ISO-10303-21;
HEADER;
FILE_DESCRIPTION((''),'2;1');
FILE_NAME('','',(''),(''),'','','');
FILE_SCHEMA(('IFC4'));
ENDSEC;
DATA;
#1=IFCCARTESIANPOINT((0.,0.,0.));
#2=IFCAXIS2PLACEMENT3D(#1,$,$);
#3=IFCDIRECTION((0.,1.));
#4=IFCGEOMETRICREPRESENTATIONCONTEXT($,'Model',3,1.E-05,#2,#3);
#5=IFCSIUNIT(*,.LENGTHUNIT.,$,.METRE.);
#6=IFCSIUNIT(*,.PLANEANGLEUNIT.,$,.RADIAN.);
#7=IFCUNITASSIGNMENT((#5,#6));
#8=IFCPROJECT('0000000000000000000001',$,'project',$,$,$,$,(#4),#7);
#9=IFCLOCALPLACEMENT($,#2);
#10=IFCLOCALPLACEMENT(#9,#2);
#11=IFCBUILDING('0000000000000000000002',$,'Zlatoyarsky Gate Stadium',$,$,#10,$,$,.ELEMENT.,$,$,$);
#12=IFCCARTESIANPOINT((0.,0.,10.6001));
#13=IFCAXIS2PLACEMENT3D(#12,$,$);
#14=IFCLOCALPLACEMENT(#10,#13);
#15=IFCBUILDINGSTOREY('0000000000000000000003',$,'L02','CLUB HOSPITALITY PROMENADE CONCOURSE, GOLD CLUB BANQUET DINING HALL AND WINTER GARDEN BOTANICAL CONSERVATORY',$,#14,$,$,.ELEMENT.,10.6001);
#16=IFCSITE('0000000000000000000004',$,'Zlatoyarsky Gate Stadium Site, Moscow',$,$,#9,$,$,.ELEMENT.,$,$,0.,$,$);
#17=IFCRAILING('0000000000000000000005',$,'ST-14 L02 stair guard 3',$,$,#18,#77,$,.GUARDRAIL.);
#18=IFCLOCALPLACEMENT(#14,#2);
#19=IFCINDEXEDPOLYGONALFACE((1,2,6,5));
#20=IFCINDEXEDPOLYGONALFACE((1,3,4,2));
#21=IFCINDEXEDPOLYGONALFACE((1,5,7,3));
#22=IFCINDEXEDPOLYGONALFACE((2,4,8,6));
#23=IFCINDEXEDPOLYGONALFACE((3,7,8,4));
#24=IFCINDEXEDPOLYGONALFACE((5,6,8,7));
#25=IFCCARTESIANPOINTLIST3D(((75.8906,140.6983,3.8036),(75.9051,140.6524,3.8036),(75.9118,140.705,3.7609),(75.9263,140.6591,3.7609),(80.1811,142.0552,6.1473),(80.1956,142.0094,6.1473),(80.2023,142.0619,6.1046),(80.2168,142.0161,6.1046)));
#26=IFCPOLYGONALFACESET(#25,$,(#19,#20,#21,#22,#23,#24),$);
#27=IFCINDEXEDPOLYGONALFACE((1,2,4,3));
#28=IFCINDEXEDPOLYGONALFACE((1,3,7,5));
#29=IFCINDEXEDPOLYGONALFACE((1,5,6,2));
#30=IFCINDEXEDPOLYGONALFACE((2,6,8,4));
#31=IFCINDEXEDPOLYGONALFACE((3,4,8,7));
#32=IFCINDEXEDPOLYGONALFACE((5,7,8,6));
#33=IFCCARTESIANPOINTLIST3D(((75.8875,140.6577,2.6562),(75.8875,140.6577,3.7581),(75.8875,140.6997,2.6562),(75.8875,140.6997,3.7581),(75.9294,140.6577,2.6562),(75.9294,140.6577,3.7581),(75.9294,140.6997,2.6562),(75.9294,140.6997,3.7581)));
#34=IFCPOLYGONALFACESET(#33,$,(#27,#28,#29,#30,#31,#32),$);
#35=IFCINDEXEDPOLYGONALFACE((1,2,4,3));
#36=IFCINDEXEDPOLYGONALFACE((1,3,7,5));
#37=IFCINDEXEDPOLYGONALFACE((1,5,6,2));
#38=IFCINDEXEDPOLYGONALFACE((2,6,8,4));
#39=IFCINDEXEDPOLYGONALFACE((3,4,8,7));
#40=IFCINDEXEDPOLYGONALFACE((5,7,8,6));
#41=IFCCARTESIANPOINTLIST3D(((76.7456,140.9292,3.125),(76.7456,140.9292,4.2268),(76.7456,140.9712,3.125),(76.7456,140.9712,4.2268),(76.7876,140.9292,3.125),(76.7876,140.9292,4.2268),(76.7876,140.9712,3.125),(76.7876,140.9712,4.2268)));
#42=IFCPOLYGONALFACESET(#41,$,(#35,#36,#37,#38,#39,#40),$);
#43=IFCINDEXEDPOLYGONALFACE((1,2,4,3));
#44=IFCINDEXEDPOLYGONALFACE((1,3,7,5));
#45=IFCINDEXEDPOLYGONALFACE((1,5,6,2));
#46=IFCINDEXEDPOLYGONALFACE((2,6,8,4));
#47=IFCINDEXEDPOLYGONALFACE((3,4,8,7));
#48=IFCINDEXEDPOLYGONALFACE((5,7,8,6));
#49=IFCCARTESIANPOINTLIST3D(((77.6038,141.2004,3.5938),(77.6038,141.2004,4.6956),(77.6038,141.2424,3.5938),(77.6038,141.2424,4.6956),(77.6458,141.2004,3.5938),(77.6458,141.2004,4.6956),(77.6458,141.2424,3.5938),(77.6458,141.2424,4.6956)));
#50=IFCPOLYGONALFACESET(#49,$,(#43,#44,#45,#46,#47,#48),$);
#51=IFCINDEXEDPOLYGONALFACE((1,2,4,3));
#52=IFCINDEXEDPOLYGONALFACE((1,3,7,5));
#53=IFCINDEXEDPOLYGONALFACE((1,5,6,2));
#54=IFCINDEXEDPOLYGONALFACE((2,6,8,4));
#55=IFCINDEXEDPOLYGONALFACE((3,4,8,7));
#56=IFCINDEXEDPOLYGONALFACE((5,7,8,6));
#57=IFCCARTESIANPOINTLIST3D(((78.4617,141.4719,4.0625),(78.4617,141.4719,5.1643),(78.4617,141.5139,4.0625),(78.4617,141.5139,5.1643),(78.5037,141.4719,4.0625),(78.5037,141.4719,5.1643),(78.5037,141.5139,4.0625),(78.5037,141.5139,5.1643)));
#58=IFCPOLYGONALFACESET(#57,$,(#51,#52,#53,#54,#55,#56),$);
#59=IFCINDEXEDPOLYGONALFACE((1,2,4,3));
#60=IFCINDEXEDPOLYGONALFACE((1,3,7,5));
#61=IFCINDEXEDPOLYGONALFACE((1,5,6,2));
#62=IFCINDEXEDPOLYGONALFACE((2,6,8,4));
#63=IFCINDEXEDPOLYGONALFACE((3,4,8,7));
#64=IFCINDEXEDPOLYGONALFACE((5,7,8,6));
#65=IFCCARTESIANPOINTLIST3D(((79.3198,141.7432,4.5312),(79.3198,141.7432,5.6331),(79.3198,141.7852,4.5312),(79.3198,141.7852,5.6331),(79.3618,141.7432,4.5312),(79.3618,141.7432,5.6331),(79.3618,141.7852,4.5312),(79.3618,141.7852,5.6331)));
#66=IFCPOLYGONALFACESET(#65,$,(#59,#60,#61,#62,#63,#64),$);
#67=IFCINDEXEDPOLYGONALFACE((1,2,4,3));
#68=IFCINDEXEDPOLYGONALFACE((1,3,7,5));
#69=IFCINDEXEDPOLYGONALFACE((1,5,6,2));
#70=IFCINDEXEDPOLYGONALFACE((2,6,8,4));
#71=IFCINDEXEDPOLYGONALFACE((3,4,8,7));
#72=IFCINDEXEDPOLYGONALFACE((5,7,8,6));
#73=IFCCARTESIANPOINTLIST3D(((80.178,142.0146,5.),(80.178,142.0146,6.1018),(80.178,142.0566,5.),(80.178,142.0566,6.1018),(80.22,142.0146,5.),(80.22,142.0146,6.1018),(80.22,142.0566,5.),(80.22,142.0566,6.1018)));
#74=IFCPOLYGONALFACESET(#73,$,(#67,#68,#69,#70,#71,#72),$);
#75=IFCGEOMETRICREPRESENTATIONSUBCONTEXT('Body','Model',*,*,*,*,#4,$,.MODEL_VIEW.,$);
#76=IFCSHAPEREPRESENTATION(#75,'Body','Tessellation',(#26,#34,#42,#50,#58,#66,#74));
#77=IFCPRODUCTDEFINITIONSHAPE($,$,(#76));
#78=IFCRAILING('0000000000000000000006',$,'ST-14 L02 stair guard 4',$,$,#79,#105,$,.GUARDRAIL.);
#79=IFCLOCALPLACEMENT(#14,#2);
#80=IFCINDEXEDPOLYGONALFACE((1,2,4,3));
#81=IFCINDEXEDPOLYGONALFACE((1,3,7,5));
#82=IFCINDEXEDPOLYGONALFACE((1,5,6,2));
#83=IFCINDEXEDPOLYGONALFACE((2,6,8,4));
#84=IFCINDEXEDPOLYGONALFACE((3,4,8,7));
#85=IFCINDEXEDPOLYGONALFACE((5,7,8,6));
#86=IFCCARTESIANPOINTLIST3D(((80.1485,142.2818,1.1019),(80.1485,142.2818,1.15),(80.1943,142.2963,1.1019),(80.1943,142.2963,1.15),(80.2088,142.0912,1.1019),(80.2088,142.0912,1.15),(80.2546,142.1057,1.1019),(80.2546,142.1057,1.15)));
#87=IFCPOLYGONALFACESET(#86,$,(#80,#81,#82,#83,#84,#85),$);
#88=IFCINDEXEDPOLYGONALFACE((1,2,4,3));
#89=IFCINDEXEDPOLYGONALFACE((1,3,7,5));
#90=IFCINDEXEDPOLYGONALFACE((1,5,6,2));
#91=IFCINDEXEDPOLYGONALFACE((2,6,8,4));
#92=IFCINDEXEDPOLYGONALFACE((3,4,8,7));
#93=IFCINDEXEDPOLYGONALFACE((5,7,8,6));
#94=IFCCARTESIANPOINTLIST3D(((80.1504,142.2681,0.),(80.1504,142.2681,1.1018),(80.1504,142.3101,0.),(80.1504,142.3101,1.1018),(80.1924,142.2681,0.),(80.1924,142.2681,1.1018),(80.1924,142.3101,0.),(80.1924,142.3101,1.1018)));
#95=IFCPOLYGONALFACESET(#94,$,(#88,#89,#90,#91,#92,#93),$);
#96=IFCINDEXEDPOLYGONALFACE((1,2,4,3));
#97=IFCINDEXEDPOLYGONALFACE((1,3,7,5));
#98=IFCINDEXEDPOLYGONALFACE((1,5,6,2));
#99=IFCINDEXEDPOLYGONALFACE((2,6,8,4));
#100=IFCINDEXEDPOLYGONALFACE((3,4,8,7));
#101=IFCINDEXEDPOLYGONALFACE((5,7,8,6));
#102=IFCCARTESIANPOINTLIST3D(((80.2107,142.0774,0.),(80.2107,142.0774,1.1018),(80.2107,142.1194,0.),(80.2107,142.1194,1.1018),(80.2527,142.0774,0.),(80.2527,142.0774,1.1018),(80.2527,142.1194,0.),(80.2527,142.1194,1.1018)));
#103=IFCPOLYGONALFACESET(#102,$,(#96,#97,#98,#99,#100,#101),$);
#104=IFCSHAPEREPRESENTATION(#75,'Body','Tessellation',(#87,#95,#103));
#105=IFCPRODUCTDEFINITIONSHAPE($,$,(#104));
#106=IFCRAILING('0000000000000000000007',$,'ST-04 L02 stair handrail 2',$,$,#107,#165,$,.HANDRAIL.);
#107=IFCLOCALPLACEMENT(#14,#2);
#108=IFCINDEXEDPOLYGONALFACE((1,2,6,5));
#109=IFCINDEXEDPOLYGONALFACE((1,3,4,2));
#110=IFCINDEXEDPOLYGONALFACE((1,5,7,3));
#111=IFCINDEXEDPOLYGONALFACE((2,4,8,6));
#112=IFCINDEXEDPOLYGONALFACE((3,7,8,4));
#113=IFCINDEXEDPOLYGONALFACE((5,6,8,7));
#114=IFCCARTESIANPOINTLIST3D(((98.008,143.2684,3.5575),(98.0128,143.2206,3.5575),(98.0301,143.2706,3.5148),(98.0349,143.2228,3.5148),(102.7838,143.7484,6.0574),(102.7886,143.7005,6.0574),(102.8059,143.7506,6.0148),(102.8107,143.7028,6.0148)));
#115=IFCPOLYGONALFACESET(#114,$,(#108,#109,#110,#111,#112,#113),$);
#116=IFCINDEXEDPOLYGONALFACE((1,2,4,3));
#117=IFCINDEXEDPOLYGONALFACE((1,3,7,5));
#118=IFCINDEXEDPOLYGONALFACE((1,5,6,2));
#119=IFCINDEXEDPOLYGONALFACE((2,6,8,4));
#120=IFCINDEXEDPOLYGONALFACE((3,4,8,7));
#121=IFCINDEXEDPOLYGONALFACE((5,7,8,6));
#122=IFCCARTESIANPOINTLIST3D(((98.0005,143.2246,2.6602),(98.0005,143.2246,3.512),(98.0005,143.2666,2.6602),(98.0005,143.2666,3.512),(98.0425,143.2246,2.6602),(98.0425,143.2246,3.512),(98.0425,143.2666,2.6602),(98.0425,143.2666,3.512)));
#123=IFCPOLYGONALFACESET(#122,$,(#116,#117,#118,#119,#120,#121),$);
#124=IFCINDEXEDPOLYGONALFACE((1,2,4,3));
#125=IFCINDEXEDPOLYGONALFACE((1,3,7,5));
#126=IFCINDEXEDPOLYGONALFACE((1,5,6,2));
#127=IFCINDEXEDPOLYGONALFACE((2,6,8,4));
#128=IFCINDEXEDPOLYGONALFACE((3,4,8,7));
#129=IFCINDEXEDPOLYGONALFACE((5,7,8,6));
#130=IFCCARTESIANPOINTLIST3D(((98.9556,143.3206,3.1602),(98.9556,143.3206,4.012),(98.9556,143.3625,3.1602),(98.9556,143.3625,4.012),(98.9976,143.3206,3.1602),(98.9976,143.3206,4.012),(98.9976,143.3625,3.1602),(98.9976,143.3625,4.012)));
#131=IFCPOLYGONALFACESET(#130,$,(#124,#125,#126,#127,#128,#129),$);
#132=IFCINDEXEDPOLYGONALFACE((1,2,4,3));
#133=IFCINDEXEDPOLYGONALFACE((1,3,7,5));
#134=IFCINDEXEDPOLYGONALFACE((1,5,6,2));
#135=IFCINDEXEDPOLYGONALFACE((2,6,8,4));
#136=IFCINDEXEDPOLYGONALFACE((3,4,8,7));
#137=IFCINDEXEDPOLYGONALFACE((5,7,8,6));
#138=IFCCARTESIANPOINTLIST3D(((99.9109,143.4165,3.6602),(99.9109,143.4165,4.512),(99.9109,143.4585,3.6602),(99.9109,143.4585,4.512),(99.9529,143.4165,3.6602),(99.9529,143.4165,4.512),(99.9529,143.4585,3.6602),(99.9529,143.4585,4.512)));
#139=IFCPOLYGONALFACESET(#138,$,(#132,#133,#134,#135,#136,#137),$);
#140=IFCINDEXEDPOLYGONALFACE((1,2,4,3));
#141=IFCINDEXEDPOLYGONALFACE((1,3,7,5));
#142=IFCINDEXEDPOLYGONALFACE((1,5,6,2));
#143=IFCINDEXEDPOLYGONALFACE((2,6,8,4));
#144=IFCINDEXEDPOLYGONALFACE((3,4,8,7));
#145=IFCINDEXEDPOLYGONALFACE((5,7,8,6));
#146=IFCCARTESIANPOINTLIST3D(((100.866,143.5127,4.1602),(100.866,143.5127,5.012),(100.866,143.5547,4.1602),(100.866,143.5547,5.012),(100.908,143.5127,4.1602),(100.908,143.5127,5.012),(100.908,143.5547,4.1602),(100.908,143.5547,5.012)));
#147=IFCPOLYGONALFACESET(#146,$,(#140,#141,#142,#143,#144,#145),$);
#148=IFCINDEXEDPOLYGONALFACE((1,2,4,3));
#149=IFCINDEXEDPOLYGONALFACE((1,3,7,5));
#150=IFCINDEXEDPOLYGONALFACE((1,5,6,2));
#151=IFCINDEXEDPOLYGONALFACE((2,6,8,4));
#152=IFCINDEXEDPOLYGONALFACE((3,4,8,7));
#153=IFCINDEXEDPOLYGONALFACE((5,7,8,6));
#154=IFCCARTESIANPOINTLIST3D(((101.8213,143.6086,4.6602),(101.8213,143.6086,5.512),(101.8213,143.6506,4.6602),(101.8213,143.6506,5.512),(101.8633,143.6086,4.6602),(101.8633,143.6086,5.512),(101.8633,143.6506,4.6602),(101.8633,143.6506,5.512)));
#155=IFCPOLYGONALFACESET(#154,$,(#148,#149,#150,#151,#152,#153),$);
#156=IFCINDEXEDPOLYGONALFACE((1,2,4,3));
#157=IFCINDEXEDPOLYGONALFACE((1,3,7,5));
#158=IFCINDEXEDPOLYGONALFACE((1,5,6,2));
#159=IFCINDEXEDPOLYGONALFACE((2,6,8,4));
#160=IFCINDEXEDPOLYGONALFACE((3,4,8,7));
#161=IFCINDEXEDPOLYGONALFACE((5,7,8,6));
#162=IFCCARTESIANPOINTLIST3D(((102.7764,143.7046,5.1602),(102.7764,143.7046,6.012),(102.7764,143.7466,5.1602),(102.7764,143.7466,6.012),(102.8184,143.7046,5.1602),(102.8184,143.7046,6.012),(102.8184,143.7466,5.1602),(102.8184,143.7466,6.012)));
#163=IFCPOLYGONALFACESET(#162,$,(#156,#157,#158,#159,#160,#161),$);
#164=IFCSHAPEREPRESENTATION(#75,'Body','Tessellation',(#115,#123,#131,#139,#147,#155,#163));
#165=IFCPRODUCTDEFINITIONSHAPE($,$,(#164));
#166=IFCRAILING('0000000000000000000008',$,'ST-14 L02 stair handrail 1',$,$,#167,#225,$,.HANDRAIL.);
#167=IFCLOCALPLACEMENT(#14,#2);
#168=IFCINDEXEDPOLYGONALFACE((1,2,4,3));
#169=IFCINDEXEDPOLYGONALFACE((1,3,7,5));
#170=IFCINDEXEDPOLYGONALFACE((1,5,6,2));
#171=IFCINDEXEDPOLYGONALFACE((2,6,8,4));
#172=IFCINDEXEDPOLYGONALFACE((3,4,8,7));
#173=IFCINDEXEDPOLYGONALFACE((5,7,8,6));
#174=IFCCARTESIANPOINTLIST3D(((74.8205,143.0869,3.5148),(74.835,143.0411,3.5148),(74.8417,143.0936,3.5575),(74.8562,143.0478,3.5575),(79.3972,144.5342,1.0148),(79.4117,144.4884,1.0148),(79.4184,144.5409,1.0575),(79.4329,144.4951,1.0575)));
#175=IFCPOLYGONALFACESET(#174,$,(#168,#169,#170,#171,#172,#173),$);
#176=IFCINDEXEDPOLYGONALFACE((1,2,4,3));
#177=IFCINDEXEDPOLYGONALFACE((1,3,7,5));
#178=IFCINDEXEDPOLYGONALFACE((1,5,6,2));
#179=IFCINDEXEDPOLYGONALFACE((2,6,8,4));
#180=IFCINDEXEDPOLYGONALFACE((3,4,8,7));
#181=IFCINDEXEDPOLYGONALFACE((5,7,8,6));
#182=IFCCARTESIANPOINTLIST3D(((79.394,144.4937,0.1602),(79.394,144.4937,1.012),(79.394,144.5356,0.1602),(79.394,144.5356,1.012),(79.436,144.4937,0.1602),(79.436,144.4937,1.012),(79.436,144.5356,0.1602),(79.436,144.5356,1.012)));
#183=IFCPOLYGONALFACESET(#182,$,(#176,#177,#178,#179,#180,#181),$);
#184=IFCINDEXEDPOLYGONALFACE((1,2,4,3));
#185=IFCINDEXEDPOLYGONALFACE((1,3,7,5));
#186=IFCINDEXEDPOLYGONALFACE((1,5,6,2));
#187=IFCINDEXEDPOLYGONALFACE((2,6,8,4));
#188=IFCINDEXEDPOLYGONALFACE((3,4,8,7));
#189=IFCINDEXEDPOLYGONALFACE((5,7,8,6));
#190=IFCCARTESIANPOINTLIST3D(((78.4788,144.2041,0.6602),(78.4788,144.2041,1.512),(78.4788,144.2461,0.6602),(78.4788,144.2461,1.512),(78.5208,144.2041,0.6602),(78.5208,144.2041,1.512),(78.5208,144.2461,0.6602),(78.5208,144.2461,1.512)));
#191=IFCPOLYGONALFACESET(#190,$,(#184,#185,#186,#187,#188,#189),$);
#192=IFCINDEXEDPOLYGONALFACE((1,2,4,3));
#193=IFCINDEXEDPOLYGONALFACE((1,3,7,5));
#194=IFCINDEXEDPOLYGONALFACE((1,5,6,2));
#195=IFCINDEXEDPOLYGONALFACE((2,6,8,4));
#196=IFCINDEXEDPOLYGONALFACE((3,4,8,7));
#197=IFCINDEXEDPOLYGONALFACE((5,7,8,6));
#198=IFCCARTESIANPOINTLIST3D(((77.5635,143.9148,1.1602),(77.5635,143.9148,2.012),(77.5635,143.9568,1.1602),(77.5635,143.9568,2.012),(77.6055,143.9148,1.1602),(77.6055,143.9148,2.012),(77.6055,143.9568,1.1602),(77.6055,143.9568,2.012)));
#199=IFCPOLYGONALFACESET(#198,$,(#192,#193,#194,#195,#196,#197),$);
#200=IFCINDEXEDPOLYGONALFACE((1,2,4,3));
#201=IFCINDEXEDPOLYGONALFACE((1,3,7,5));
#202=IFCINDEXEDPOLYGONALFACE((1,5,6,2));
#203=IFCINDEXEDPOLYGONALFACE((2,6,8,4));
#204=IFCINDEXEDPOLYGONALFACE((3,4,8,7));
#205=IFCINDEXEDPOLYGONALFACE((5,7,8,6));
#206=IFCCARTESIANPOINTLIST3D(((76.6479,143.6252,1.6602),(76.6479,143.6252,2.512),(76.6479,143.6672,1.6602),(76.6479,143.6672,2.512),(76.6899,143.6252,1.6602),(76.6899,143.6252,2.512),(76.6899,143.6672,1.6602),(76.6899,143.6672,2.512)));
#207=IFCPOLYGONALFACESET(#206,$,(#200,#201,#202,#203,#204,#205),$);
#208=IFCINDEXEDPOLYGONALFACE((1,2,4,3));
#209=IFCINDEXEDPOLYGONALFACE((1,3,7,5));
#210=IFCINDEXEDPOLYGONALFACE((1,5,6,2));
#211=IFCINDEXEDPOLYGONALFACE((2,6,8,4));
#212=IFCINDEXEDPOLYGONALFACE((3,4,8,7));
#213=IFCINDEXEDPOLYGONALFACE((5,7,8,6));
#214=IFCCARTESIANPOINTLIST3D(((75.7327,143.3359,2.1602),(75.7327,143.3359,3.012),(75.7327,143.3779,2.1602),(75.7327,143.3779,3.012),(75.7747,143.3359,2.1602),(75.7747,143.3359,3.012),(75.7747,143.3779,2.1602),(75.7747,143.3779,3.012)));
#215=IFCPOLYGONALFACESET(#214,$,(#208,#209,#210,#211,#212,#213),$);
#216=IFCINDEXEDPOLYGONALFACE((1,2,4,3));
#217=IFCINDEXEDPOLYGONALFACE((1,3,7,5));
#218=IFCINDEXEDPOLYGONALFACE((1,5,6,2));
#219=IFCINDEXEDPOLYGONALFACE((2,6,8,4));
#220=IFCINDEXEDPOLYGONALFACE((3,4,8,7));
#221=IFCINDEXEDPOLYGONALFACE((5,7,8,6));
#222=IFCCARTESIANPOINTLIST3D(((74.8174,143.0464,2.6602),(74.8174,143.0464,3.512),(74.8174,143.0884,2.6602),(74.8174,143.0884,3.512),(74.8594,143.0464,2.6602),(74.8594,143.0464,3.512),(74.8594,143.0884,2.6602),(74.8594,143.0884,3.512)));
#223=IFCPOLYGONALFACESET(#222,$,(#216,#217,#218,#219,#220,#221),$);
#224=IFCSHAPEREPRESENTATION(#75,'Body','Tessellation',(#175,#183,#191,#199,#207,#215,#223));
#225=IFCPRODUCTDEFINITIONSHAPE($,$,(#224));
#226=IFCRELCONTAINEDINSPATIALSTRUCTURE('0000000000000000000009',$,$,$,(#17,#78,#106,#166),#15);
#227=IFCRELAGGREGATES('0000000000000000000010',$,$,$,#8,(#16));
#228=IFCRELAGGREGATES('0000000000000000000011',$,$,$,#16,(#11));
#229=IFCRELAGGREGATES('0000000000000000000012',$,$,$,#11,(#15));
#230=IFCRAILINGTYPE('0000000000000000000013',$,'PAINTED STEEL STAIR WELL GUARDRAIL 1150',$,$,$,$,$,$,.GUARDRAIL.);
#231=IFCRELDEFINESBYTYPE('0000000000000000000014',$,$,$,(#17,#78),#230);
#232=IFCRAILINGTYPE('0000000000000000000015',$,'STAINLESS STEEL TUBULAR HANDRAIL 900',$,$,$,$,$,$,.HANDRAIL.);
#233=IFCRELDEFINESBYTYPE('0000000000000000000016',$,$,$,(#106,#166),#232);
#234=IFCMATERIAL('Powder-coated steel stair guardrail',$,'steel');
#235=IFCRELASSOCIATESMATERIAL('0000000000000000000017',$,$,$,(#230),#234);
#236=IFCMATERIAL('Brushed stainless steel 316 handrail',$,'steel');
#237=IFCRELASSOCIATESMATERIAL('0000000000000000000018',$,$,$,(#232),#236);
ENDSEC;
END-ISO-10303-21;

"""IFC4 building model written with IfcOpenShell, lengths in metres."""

from ifc_helpers import new_model, si_unit, direction, frame, origin, origin_2d, place, context, subcontext, project, spatial, rectangle, extrude, material, type_object, element, save


model = new_model("IFC4")

# Units and contexts
model_context = context("Model", 3, precision=1e-05, world=origin(), true_north=direction((0.0, 1.0)))
body_context = subcontext(model_context, "Body", "Model", "MODEL_VIEW")
ifc_project = project(units=[si_unit("LENGTHUNIT", "METRE"), si_unit("PLANEANGLEUNIT", "RADIAN")], contexts=[model_context])

# Site, building, storey
site_placement = place(None, origin())
site = spatial("IfcSite", under=ifc_project, at=site_placement, Name="Zlatoyarsky Gate Stadium Site, Moscow", CompositionType="ELEMENT", RefElevation=0.0)
building_placement = place(site_placement, origin())
building = spatial("IfcBuilding", under=site, at=building_placement, Name="Zlatoyarsky Gate Stadium", CompositionType="ELEMENT")
storey_placement = place(building_placement, frame((0.0, 0.0, 10.6001)))
storey = spatial("IfcBuildingStorey", under=building, at=storey_placement, Name="L02", Description="CLUB HOSPITALITY PROMENADE CONCOURSE, GOLD CLUB BANQUET DINING HALL AND WINTER GARDEN BOTANICAL CONSERVATORY", CompositionType="ELEMENT", Elevation=10.6001)

# Railings
ifc_material_1 = material(Name="Powder-coated steel stair guardrail", Category="steel")
railing_type_1 = type_object("IfcRailingType", Name="PAINTED STEEL STAIR WELL GUARDRAIL 1150", PredefinedType="GUARDRAIL", material=ifc_material_1)
railing_1_placement = place(storey_placement, frame((75.9084, 140.6787, 2.6562)))
element("IfcRailing", 1, at=railing_1_placement, inside=storey, type_object=railing_type_1, Name="ST-14 L02 stair guard 3", PredefinedType="GUARDRAIL", context=body_context, shape_type="SweptSolid", body=[
    extrude(rectangle(XDim=0.0481, YDim=0.0481, at=origin_2d()), frame((0.0, 0.0, 1.126), z_axis=(0.84563, 0.267441, 0.461935), x_axis=(-0.301542, 0.953453, 0.0)), (0.0, 0.0, 1.0), 5.0737),
    extrude(rectangle(XDim=0.042, YDim=0.042, at=origin_2d()), origin(), (0.0, 0.0, 1.0), 1.1018),
    extrude(rectangle(XDim=0.042, YDim=0.042, at=origin_2d()), frame((0.8582, 0.2715, 0.4688)), (0.0, 0.0, 1.0), 1.1018),
    extrude(rectangle(XDim=0.042, YDim=0.042, at=origin_2d()), frame((1.7163, 0.5427, 0.9375)), (0.0, 0.0, 1.0), 1.1018),
    extrude(rectangle(XDim=0.042, YDim=0.042, at=origin_2d()), frame((2.5742, 0.8142, 1.4062)), (0.0, 0.0, 1.0), 1.1018),
    extrude(rectangle(XDim=0.042, YDim=0.042, at=origin_2d()), frame((3.4324, 1.0854, 1.875)), (0.0, 0.0, 1.0), 1.1018),
    extrude(rectangle(XDim=0.042, YDim=0.042, at=origin_2d()), frame((4.2905, 1.3569, 2.3438)), (0.0, 0.0, 1.0), 1.1018),
])
railing_2_placement = place(storey_placement, frame((80.1714, 142.2891, 0.0)))
element("IfcRailing", 2, at=railing_2_placement, inside=storey, type_object=railing_type_1, Name="ST-14 L02 stair guard 4", PredefinedType="GUARDRAIL", context=body_context, shape_type="SweptSolid", body=[
    extrude(rectangle(XDim=0.0481, YDim=0.0481, at=origin_2d()), frame((0.0, 0.0, 1.126), z_axis=(0.30154, -0.953453, 0.0), x_axis=(0.953453, 0.30154, 0.0)), (0.0, 0.0, 1.0), 0.2),
    extrude(rectangle(XDim=0.042, YDim=0.042, at=origin_2d()), origin(), (0.0, 0.0, 1.0), 1.1018),
    extrude(rectangle(XDim=0.042, YDim=0.042, at=origin_2d()), frame((0.0603, -0.1907, 0.0)), (0.0, 0.0, 1.0), 1.1018),
])
ifc_material_2 = material(Name="Brushed stainless steel 316 handrail", Category="steel")
railing_type_2 = type_object("IfcRailingType", Name="STAINLESS STEEL TUBULAR HANDRAIL 900", PredefinedType="HANDRAIL", material=ifc_material_2)
railing_3_placement = place(storey_placement, frame((98.0215, 143.2456, 2.6602)))
element("IfcRailing", 3, at=railing_3_placement, inside=storey, type_object=railing_type_2, Name="ST-04 L02 stair handrail 2", PredefinedType="HANDRAIL", context=body_context, shape_type="SweptSolid", body=[
    extrude(rectangle(XDim=0.0481, YDim=0.0481, at=origin_2d()), frame((0.0, 0.0, 0.876), z_axis=(0.882466, 0.088689, 0.461939), x_axis=(-0.099997, 0.994988, 0.0)), (0.0, 0.0, 1.0), 5.4119),
    extrude(rectangle(XDim=0.042, YDim=0.042, at=origin_2d()), origin(), (0.0, 0.0, 1.0), 0.8518),
    extrude(rectangle(XDim=0.042, YDim=0.042, at=origin_2d()), frame((0.9551, 0.0959, 0.5)), (0.0, 0.0, 1.0), 0.8518),
    extrude(rectangle(XDim=0.042, YDim=0.042, at=origin_2d()), frame((1.9104, 0.1919, 1.0)), (0.0, 0.0, 1.0), 0.8518),
    extrude(rectangle(XDim=0.042, YDim=0.042, at=origin_2d()), frame((2.8655, 0.2881, 1.5)), (0.0, 0.0, 1.0), 0.8518),
    extrude(rectangle(XDim=0.042, YDim=0.042, at=origin_2d()), frame((3.8208, 0.384, 2.0)), (0.0, 0.0, 1.0), 0.8518),
    extrude(rectangle(XDim=0.042, YDim=0.042, at=origin_2d()), frame((4.7759, 0.48, 2.5)), (0.0, 0.0, 1.0), 0.8518),
])
railing_4_placement = place(storey_placement, frame((79.415, 144.5146, 0.1602)))
element("IfcRailing", 4, at=railing_4_placement, inside=storey, type_object=railing_type_2, Name="ST-14 L02 stair handrail 1", PredefinedType="HANDRAIL", context=body_context, shape_type="SweptSolid", body=[
    extrude(rectangle(XDim=0.0481, YDim=0.0481, at=origin_2d()), frame((0.0, 0.0, 0.876), z_axis=(-0.845641, -0.267415, 0.461931), x_axis=(0.301511, -0.953463, 0.0)), (0.0, 0.0, 1.0), 5.4121),
    extrude(rectangle(XDim=0.042, YDim=0.042, at=origin_2d()), origin(), (0.0, 0.0, 1.0), 0.8518),
    extrude(rectangle(XDim=0.042, YDim=0.042, at=origin_2d()), frame((-0.9153, -0.2896, 0.5)), (0.0, 0.0, 1.0), 0.8518),
    extrude(rectangle(XDim=0.042, YDim=0.042, at=origin_2d()), frame((-1.8306, -0.5789, 1.0)), (0.0, 0.0, 1.0), 0.8518),
    extrude(rectangle(XDim=0.042, YDim=0.042, at=origin_2d()), frame((-2.7461, -0.8684, 1.5)), (0.0, 0.0, 1.0), 0.8518),
    extrude(rectangle(XDim=0.042, YDim=0.042, at=origin_2d()), frame((-3.6614, -1.1577, 2.0)), (0.0, 0.0, 1.0), 0.8518),
    extrude(rectangle(XDim=0.042, YDim=0.042, at=origin_2d()), frame((-4.5767, -1.4473, 2.5)), (0.0, 0.0, 1.0), 0.8518),
])

save(model, "model.ifc")
